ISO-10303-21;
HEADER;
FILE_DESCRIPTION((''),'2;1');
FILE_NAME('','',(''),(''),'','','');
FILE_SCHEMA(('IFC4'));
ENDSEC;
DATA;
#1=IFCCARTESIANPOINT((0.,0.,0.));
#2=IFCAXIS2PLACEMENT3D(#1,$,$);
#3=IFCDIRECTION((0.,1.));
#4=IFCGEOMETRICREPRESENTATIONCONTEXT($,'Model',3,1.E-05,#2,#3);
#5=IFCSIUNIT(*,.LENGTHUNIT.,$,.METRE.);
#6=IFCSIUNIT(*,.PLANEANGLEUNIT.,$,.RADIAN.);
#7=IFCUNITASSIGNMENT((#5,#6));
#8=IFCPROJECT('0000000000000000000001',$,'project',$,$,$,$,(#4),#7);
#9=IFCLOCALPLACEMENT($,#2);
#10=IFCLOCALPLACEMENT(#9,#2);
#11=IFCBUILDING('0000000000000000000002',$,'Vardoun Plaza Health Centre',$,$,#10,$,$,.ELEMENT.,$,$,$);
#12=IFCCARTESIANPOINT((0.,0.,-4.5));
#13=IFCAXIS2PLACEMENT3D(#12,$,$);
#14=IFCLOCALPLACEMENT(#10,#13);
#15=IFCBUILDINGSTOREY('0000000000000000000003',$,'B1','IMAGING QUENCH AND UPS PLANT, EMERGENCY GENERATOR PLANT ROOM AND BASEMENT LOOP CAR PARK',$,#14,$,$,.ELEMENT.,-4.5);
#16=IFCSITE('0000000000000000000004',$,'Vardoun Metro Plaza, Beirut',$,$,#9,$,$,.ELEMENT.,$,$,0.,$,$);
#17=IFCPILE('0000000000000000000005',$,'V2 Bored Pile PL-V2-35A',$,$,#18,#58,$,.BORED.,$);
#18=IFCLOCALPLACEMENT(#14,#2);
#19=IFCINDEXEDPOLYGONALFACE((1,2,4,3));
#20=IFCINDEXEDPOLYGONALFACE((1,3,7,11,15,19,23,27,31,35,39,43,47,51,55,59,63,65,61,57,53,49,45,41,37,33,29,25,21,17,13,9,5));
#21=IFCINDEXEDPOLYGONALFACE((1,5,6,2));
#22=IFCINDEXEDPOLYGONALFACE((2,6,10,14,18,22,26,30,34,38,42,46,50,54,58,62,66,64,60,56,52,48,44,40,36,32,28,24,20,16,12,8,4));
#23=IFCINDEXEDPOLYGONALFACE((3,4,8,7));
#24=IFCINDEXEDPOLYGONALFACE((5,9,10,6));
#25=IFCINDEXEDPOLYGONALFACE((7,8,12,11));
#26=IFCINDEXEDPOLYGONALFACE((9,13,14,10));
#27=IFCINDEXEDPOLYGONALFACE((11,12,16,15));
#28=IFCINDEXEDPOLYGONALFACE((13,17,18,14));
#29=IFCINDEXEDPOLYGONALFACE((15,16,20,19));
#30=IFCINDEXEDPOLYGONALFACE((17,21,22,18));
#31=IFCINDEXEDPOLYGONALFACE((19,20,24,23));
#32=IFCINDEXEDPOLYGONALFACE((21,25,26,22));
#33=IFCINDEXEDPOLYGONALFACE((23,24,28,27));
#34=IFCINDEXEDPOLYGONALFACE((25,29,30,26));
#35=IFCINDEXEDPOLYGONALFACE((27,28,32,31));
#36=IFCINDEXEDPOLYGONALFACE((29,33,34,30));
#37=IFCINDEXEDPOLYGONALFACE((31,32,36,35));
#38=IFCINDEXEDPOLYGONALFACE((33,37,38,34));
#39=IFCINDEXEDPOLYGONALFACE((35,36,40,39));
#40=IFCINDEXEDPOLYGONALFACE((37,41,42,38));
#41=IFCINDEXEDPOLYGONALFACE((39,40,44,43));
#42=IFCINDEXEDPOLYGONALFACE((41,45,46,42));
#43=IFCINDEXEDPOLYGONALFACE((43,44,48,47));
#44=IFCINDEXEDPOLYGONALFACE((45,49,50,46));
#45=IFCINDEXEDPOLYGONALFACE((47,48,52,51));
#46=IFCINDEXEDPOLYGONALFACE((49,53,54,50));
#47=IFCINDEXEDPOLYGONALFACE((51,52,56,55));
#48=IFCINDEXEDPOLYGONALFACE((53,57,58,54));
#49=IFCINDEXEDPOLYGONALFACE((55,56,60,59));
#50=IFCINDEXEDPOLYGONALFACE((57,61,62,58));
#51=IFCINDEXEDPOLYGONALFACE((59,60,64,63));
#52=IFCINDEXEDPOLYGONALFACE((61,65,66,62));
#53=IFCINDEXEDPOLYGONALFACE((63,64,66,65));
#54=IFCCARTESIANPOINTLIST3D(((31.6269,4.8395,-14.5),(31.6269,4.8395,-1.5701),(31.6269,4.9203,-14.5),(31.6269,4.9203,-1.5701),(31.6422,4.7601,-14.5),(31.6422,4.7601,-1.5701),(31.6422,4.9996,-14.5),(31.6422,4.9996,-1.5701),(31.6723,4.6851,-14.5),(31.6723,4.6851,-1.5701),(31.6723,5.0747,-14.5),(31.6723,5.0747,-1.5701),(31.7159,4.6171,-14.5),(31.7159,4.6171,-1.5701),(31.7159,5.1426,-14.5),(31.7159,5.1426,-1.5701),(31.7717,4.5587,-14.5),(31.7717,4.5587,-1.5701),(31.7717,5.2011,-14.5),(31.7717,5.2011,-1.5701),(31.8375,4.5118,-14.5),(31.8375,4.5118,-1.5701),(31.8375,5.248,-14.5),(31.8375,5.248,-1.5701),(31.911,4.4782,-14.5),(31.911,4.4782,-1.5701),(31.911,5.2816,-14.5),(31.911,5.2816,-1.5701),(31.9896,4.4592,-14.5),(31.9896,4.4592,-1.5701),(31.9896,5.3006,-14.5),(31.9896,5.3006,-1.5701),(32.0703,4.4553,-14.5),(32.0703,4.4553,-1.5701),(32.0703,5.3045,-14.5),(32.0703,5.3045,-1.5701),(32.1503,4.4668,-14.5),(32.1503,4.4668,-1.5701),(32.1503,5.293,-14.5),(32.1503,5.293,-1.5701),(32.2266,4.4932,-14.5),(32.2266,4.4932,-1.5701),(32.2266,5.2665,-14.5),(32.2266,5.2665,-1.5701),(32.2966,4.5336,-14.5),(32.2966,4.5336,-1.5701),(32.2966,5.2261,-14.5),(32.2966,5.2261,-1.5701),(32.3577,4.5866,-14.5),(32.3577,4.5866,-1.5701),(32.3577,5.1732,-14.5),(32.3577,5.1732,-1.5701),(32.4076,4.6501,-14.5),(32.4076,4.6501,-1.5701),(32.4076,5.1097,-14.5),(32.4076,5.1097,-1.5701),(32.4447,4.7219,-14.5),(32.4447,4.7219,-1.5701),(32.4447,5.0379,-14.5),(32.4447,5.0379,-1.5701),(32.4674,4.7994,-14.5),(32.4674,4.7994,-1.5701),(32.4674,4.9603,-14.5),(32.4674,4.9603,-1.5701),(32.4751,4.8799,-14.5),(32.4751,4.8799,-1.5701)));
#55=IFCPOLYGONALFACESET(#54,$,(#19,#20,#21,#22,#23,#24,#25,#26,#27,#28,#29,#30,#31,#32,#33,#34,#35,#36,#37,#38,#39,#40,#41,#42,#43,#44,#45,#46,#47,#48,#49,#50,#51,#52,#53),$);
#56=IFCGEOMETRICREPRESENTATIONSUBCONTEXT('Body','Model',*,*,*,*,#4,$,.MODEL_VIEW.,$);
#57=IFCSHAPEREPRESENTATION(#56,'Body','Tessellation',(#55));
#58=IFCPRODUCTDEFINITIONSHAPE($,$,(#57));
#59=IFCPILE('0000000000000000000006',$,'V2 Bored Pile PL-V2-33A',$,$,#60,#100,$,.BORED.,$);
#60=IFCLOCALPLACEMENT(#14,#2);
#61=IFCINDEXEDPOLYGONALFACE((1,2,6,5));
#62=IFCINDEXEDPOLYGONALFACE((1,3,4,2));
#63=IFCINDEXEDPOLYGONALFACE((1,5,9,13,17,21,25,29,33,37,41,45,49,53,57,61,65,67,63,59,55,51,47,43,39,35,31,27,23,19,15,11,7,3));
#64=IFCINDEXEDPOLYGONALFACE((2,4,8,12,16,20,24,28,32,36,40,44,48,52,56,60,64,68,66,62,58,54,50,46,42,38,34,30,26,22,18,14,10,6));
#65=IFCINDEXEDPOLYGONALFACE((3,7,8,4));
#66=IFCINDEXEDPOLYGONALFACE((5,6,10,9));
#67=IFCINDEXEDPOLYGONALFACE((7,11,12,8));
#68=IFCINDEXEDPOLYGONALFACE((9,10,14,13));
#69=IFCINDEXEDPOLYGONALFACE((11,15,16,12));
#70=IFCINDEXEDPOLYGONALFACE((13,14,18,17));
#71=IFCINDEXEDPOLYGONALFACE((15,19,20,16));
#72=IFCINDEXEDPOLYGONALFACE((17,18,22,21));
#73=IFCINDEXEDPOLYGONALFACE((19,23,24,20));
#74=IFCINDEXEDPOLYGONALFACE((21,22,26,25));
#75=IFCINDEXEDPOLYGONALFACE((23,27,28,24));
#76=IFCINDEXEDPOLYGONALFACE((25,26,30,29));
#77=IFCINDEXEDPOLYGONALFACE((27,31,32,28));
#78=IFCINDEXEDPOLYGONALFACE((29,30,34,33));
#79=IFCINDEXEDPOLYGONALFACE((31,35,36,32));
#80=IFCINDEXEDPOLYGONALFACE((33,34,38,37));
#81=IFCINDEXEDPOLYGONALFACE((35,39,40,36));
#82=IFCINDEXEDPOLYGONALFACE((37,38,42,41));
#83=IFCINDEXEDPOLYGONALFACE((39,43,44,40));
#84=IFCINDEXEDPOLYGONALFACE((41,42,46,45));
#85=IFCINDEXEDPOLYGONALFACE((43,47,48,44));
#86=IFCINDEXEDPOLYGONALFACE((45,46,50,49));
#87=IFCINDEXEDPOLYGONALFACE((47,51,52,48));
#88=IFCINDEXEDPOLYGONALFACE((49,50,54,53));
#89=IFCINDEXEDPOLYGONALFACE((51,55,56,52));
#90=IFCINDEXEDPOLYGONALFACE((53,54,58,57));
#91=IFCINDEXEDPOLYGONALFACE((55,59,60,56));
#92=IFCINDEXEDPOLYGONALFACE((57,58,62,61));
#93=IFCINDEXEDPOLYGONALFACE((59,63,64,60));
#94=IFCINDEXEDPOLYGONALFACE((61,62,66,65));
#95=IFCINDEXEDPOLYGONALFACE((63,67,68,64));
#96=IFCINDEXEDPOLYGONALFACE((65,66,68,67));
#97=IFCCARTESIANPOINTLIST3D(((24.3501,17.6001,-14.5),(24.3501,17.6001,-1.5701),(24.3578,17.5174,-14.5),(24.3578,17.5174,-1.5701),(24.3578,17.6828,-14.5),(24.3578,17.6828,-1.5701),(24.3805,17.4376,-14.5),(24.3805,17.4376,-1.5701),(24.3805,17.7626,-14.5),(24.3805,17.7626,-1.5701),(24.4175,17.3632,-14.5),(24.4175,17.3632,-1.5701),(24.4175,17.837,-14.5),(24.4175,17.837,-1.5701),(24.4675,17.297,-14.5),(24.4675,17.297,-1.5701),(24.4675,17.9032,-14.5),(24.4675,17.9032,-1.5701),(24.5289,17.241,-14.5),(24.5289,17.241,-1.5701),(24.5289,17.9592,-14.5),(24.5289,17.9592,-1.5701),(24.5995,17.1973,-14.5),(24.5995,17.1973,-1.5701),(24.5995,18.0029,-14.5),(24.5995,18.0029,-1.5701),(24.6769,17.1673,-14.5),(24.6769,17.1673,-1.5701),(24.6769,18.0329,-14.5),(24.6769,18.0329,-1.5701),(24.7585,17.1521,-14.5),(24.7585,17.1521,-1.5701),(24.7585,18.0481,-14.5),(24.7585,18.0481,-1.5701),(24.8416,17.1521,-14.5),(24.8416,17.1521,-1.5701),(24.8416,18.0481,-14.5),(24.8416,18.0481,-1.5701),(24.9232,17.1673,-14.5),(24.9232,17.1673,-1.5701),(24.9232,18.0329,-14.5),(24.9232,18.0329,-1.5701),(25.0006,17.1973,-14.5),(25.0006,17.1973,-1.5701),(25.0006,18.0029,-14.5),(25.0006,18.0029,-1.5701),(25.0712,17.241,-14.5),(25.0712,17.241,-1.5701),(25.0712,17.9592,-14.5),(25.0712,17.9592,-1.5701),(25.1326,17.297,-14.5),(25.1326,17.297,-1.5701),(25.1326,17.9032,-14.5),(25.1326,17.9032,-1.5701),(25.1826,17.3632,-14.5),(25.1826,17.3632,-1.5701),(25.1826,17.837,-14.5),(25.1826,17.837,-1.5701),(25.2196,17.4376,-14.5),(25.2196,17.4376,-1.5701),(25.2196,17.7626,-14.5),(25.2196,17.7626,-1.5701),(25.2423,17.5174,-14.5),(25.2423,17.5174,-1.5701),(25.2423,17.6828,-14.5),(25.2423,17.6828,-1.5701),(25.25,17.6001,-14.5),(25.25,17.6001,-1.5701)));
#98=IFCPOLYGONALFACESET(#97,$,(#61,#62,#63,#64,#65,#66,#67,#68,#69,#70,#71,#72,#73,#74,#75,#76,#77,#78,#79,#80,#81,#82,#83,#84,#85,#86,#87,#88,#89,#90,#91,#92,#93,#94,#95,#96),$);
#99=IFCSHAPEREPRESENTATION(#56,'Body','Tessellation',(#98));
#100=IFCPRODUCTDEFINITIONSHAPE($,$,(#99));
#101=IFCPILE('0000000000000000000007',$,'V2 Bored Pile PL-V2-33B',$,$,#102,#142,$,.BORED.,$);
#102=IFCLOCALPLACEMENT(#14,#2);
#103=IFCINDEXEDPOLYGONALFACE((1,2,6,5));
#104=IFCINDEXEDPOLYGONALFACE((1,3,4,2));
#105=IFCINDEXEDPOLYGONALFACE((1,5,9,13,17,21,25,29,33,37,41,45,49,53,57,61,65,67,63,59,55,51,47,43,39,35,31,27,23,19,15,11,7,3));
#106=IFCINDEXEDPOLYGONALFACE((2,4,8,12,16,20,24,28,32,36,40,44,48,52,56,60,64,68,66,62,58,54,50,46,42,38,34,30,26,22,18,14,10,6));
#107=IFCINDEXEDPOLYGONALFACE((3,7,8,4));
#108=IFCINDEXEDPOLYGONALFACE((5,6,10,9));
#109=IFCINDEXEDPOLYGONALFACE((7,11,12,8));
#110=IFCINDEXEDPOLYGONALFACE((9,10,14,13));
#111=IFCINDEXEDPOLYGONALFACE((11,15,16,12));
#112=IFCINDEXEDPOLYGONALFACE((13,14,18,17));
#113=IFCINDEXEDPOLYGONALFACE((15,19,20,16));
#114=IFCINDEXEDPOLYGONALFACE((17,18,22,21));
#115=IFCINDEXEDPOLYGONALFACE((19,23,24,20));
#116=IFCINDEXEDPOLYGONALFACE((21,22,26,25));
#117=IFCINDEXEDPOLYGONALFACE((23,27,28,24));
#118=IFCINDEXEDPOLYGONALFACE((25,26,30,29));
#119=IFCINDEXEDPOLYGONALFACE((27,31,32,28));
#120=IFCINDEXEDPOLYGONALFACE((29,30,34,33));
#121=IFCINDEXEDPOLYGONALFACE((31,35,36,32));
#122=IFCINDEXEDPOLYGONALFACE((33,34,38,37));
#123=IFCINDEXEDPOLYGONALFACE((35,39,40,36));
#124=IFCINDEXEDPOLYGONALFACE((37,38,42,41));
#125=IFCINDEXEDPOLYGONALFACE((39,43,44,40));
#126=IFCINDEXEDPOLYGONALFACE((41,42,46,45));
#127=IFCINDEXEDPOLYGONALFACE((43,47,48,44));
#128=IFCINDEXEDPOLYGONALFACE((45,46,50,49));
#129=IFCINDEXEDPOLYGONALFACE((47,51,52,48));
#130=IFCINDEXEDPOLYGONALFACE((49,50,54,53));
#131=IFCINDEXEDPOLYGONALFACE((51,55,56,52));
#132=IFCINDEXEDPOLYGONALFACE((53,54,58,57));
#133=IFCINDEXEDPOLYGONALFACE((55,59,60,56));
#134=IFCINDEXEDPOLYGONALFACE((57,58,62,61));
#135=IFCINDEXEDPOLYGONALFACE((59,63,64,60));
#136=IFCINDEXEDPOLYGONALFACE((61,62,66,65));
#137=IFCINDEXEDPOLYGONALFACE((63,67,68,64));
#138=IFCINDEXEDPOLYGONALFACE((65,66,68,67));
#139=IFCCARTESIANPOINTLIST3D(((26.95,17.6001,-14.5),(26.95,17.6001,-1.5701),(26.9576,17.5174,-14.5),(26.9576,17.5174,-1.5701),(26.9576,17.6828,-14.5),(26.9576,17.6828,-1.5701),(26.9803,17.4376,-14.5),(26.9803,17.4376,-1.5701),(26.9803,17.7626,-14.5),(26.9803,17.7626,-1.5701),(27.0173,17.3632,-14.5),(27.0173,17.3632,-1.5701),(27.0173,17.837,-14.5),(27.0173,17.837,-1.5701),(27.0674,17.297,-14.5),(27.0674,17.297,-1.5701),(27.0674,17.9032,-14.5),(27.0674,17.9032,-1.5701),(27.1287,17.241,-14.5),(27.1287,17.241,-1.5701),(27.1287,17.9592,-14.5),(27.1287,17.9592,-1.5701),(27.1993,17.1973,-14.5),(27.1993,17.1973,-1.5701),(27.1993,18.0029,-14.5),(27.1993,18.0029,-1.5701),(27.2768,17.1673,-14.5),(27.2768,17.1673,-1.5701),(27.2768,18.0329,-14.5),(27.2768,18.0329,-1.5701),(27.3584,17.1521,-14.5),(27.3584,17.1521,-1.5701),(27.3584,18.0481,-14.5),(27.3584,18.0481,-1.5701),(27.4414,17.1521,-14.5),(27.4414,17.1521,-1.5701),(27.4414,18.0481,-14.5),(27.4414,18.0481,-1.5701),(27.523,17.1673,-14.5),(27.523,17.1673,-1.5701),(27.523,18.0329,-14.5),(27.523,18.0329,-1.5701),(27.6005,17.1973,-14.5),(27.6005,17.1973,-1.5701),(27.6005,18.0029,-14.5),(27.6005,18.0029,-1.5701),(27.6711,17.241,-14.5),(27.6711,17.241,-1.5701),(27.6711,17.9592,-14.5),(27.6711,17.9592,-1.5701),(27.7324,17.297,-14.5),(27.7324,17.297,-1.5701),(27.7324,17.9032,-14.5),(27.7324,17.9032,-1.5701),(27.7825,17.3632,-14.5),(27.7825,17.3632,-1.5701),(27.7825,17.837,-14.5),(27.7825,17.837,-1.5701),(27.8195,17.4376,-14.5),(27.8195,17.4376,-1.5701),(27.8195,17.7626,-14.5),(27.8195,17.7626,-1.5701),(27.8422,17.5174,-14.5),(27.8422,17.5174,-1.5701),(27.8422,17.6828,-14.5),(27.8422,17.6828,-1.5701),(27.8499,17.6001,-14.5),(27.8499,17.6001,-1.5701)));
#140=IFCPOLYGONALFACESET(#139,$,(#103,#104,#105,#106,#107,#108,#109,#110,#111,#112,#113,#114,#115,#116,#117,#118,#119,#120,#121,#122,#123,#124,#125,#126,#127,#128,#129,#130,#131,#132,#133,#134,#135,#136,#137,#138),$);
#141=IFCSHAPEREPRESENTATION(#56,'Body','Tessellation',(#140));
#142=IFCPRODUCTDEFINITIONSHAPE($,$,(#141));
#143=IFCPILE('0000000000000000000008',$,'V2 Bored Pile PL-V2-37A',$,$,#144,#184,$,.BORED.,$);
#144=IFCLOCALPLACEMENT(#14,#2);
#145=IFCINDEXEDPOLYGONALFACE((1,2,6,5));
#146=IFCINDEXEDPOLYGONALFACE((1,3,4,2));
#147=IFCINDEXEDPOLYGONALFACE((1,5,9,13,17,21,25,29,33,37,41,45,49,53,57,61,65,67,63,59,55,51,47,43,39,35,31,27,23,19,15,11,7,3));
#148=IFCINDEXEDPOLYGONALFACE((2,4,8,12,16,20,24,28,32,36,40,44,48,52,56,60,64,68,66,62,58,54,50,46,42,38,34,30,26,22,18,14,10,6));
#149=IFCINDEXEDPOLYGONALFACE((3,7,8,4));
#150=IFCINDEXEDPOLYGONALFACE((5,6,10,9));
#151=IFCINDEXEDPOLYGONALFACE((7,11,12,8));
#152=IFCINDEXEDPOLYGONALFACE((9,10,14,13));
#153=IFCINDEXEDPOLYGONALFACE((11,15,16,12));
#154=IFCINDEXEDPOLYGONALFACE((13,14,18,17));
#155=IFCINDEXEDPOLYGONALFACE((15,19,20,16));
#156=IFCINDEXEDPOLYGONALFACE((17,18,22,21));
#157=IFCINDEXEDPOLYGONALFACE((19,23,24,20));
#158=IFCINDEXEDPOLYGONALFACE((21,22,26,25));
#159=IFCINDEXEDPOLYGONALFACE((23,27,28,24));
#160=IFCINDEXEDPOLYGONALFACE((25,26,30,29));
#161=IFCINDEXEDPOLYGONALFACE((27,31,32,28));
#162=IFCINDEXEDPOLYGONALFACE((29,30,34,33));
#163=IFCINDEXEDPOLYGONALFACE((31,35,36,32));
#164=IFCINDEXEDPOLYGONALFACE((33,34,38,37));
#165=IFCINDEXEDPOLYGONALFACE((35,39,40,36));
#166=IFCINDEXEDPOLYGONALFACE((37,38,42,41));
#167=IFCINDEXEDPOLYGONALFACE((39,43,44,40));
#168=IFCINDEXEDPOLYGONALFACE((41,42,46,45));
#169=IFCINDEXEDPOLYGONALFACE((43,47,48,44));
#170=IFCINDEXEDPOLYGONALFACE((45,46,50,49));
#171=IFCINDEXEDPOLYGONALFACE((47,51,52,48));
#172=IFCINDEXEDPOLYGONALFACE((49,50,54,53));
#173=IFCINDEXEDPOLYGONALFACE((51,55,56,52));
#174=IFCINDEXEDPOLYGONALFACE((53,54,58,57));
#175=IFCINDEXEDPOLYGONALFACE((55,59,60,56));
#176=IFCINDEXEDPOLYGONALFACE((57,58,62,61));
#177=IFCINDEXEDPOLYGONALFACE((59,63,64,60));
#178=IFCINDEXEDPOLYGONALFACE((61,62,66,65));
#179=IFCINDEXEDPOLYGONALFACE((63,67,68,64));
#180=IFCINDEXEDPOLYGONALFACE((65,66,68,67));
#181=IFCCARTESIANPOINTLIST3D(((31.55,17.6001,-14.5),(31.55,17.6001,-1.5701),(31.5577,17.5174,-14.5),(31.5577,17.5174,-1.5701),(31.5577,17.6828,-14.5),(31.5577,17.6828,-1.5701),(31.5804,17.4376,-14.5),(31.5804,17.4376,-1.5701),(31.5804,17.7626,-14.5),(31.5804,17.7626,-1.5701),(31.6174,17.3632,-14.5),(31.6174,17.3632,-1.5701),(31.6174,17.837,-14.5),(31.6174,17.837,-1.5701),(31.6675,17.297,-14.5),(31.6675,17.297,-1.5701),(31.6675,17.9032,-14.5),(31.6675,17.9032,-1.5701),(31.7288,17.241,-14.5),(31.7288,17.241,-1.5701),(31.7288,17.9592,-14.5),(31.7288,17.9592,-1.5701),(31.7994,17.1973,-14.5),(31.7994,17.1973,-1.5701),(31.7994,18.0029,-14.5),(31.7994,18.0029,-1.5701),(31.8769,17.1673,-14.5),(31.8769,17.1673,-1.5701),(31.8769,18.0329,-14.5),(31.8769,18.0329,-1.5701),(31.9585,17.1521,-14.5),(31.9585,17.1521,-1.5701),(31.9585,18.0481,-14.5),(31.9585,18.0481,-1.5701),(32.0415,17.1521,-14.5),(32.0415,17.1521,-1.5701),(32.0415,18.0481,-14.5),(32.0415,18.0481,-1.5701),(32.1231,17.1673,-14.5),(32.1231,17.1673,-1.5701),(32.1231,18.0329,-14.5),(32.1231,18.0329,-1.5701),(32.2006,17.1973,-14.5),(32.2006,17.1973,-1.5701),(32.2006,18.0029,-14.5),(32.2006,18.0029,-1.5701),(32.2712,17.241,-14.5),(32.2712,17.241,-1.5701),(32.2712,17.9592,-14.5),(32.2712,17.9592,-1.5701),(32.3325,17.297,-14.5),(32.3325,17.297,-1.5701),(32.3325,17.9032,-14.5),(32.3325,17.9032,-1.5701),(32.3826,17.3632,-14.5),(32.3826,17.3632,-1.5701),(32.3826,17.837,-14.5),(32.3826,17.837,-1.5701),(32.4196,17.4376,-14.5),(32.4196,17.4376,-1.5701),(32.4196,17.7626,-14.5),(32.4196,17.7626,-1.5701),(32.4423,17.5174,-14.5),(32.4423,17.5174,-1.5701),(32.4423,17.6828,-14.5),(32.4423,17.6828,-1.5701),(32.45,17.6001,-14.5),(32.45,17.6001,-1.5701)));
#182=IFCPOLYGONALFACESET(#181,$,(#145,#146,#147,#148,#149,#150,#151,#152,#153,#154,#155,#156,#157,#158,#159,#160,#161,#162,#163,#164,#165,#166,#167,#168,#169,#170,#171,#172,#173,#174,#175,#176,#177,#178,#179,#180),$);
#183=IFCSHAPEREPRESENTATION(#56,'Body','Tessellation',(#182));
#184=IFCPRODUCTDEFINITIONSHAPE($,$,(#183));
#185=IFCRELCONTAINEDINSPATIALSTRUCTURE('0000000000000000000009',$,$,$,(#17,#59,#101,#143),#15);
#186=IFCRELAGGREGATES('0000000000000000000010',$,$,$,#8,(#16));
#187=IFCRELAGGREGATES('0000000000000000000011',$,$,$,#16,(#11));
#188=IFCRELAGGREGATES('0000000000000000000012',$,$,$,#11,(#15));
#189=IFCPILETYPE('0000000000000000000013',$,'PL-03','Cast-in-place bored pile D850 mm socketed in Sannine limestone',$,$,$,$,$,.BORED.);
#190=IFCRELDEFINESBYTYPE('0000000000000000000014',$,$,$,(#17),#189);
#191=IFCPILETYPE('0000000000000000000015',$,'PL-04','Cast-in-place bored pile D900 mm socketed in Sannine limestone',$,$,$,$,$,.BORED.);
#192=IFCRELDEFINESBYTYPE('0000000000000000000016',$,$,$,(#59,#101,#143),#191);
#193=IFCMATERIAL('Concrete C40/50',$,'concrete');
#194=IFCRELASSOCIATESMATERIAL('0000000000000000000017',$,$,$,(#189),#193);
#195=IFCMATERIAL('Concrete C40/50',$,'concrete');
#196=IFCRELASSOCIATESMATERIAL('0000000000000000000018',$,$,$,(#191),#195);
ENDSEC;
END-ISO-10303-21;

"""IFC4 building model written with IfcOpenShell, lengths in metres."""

from ifc_helpers import new_model, si_unit, direction, frame, origin, origin_2d, place, context, subcontext, project, spatial, circle, extrude, material, material_profile, profile_set, type_object, element, save


model = new_model("IFC4")

# Units and contexts
model_context = context("Model", 3, precision=1e-05, world=origin(), true_north=direction((0.0, 1.0)))
body_context = subcontext(model_context, "Body", "Model", "MODEL_VIEW")
ifc_project = project(units=[si_unit("LENGTHUNIT", "METRE"), si_unit("PLANEANGLEUNIT", "RADIAN")], contexts=[model_context])

# Site, building, storey
site_placement = place(None, origin())
site = spatial("IfcSite", under=ifc_project, at=site_placement, Name="Vardoun Metro Plaza, Beirut", CompositionType="ELEMENT", RefElevation=0.0)
building_placement = place(site_placement, origin())
building = spatial("IfcBuilding", under=site, at=building_placement, Name="Vardoun Plaza Health Centre", CompositionType="ELEMENT")
storey_placement = place(building_placement, frame((0.0, 0.0, -4.5)))
storey = spatial("IfcBuildingStorey", under=building, at=storey_placement, Name="B1", Description="IMAGING QUENCH AND UPS PLANT, EMERGENCY GENERATOR PLANT ROOM AND BASEMENT LOOP CAR PARK", CompositionType="ELEMENT", Elevation=-4.5)

# Piles
ifc_material_1 = material(Name="Concrete C40/50", Category="concrete")
ifc_material_profile_1 = material_profile(ifc_material_1, circle(Radius=0.425, at=origin_2d()), Name="PILE D850")
ifc_profile_set_1 = profile_set([ifc_material_profile_1], Name="Concrete C40/50")
pile_type_1 = type_object("IfcPileType", Name="PL-03", Description="Cast-in-place bored pile D850 mm socketed in Sannine limestone", PredefinedType="BORED", material=ifc_profile_set_1)
pile_placement = place(storey_placement, frame((32.05, 4.8799, -1.5701), z_axis=(0.0, 0.0, -1.0), x_axis=(1.0, 0.0, 0.0)))
element("IfcPile", 1, at=pile_placement, inside=storey, type_object=pile_type_1, Name="V2 Bored Pile PL-V2-35A", PredefinedType="BORED", context=body_context, shape_type="SweptSolid", body=[
    extrude(circle(Radius=0.425, at=origin_2d()), origin(), (0.0, 0.0, 1.0), 12.9299),
])
ifc_material_2 = material(Name="Concrete C40/50", Category="concrete")
ifc_material_profile_2 = material_profile(ifc_material_2, circle(Radius=0.45, at=origin_2d()), Name="PILE D900")
ifc_profile_set_2 = profile_set([ifc_material_profile_2], Name="Concrete C40/50")
pile_type_2 = type_object("IfcPileType", Name="PL-04", Description="Cast-in-place bored pile D900 mm socketed in Sannine limestone", PredefinedType="BORED", material=ifc_profile_set_2)
for number, where, z_axis, x_axis, name in (
    (2, (24.8, 17.6001, -1.5701), (0.0, 0.0, -1.0), (1.0, 0.0, 0.0), "V2 Bored Pile PL-V2-33A"),
    (3, (27.3999, 17.6001, -1.5701), (0.0, 0.0, -1.0), (1.0, 0.0, 0.0), "V2 Bored Pile PL-V2-33B"),
    (4, (32.0, 17.6001, -1.5701), (0.0, 0.0, -1.0), (1.0, 0.0, 0.0), "V2 Bored Pile PL-V2-37A"),
):
    element("IfcPile", number, at=place(storey_placement, frame(where, z_axis=z_axis, x_axis=x_axis)), inside=storey, type_object=pile_type_2, Name=name, PredefinedType="BORED", context=body_context, shape_type="SweptSolid", body=[
        extrude(circle(Radius=0.45, at=origin_2d()), origin(), (0.0, 0.0, 1.0), 12.9299),
    ])

save(model, "model.ifc")
